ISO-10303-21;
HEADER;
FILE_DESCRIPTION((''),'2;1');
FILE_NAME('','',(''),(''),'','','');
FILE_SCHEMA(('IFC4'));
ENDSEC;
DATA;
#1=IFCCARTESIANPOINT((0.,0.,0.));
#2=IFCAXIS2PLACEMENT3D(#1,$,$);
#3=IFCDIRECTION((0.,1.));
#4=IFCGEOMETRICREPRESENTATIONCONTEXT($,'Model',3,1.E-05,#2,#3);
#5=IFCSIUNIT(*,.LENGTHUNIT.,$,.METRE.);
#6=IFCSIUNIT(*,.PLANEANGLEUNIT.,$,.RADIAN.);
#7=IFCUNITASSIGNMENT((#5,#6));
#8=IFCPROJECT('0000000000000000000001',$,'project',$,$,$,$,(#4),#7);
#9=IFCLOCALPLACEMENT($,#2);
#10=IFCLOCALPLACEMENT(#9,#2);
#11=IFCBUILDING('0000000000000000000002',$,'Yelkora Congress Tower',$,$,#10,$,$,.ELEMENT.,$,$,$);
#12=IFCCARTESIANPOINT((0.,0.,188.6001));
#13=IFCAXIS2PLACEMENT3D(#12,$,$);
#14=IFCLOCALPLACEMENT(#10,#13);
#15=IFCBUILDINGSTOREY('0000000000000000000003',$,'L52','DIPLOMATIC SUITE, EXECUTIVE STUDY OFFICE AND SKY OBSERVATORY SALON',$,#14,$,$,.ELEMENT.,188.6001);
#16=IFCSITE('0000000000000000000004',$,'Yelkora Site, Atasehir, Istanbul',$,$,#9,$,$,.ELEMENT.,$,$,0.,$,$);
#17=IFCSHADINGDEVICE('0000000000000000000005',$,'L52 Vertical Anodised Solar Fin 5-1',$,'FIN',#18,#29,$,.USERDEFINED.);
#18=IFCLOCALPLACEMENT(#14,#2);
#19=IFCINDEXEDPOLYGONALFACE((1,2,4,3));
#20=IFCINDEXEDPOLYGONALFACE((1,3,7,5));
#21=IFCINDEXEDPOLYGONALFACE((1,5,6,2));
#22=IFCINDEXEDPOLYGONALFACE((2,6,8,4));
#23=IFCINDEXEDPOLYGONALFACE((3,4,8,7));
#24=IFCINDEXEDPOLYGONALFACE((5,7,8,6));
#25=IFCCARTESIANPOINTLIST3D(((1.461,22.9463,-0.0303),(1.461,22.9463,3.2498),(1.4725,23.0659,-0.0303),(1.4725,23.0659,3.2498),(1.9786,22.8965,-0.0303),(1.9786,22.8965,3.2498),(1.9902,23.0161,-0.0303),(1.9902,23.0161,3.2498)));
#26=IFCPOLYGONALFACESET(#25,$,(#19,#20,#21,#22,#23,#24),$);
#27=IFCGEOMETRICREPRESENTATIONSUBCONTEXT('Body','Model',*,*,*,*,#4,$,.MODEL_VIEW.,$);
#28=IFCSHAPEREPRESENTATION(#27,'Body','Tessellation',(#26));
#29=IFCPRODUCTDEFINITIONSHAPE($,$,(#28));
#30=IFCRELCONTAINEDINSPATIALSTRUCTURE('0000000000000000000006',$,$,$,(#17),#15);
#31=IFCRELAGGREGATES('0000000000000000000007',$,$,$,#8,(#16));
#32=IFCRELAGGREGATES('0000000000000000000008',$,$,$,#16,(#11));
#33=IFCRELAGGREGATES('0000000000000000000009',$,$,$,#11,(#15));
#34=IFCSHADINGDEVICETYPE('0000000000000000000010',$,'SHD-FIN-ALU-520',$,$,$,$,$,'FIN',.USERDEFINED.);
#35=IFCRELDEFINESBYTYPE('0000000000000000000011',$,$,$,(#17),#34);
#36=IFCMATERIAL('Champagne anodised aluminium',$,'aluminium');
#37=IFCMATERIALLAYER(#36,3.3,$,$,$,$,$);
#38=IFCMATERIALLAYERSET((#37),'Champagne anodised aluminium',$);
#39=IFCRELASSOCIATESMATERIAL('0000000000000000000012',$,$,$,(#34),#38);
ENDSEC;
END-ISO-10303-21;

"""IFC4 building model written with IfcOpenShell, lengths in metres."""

from ifc_helpers import new_model, si_unit, direction, frame, origin, origin_2d, place, context, subcontext, project, spatial, rectangle, extrude, material, layer, layer_set, type_object, element, save


model = new_model("IFC4")

# Units and contexts
model_context = context("Model", 3, precision=1e-05, world=origin(), true_north=direction((0.0, 1.0)))
body_context = subcontext(model_context, "Body", "Model", "MODEL_VIEW")
ifc_project = project(units=[si_unit("LENGTHUNIT", "METRE"), si_unit("PLANEANGLEUNIT", "RADIAN")], contexts=[model_context])

# Site, building, storey
site_placement = place(None, origin())
site = spatial("IfcSite", under=ifc_project, at=site_placement, Name="Yelkora Site, Atasehir, Istanbul", CompositionType="ELEMENT", RefElevation=0.0)
building_placement = place(site_placement, origin())
building = spatial("IfcBuilding", under=site, at=building_placement, Name="Yelkora Congress Tower", CompositionType="ELEMENT")
storey_placement = place(building_placement, frame((0.0, 0.0, 188.6001)))
storey = spatial("IfcBuildingStorey", under=building, at=storey_placement, Name="L52", Description="DIPLOMATIC SUITE, EXECUTIVE STUDY OFFICE AND SKY OBSERVATORY SALON", CompositionType="ELEMENT", Elevation=188.6001)

# Shading device
ifc_material_1 = material(Name="Champagne anodised aluminium", Category="aluminium")
ifc_layer_1 = layer(ifc_material_1, 3.3)
ifc_layer_set_1 = layer_set([ifc_layer_1], Name="Champagne anodised aluminium")
shading_device_type = type_object("IfcShadingDeviceType", Name="SHD-FIN-ALU-520", ElementType="FIN", PredefinedType="USERDEFINED", material=ifc_layer_set_1)
shading_device_placement = place(storey_placement, frame((1.7256, 22.9812, -0.0303), z_axis=(0.0, 0.0, 1.0), x_axis=(0.095846, 0.995396, 0.0)))
element("IfcShadingDevice", 1, at=shading_device_placement, inside=storey, type_object=shading_device_type, Name="L52 Vertical Anodised Solar Fin 5-1", ObjectType="FIN", PredefinedType="USERDEFINED", context=body_context, shape_type="SweptSolid", body=[
    extrude(rectangle(XDim=0.1201, YDim=0.52, at=origin_2d()), origin(), (0.0, 0.0, 1.0), 3.28),
])

save(model, "model.ifc")
